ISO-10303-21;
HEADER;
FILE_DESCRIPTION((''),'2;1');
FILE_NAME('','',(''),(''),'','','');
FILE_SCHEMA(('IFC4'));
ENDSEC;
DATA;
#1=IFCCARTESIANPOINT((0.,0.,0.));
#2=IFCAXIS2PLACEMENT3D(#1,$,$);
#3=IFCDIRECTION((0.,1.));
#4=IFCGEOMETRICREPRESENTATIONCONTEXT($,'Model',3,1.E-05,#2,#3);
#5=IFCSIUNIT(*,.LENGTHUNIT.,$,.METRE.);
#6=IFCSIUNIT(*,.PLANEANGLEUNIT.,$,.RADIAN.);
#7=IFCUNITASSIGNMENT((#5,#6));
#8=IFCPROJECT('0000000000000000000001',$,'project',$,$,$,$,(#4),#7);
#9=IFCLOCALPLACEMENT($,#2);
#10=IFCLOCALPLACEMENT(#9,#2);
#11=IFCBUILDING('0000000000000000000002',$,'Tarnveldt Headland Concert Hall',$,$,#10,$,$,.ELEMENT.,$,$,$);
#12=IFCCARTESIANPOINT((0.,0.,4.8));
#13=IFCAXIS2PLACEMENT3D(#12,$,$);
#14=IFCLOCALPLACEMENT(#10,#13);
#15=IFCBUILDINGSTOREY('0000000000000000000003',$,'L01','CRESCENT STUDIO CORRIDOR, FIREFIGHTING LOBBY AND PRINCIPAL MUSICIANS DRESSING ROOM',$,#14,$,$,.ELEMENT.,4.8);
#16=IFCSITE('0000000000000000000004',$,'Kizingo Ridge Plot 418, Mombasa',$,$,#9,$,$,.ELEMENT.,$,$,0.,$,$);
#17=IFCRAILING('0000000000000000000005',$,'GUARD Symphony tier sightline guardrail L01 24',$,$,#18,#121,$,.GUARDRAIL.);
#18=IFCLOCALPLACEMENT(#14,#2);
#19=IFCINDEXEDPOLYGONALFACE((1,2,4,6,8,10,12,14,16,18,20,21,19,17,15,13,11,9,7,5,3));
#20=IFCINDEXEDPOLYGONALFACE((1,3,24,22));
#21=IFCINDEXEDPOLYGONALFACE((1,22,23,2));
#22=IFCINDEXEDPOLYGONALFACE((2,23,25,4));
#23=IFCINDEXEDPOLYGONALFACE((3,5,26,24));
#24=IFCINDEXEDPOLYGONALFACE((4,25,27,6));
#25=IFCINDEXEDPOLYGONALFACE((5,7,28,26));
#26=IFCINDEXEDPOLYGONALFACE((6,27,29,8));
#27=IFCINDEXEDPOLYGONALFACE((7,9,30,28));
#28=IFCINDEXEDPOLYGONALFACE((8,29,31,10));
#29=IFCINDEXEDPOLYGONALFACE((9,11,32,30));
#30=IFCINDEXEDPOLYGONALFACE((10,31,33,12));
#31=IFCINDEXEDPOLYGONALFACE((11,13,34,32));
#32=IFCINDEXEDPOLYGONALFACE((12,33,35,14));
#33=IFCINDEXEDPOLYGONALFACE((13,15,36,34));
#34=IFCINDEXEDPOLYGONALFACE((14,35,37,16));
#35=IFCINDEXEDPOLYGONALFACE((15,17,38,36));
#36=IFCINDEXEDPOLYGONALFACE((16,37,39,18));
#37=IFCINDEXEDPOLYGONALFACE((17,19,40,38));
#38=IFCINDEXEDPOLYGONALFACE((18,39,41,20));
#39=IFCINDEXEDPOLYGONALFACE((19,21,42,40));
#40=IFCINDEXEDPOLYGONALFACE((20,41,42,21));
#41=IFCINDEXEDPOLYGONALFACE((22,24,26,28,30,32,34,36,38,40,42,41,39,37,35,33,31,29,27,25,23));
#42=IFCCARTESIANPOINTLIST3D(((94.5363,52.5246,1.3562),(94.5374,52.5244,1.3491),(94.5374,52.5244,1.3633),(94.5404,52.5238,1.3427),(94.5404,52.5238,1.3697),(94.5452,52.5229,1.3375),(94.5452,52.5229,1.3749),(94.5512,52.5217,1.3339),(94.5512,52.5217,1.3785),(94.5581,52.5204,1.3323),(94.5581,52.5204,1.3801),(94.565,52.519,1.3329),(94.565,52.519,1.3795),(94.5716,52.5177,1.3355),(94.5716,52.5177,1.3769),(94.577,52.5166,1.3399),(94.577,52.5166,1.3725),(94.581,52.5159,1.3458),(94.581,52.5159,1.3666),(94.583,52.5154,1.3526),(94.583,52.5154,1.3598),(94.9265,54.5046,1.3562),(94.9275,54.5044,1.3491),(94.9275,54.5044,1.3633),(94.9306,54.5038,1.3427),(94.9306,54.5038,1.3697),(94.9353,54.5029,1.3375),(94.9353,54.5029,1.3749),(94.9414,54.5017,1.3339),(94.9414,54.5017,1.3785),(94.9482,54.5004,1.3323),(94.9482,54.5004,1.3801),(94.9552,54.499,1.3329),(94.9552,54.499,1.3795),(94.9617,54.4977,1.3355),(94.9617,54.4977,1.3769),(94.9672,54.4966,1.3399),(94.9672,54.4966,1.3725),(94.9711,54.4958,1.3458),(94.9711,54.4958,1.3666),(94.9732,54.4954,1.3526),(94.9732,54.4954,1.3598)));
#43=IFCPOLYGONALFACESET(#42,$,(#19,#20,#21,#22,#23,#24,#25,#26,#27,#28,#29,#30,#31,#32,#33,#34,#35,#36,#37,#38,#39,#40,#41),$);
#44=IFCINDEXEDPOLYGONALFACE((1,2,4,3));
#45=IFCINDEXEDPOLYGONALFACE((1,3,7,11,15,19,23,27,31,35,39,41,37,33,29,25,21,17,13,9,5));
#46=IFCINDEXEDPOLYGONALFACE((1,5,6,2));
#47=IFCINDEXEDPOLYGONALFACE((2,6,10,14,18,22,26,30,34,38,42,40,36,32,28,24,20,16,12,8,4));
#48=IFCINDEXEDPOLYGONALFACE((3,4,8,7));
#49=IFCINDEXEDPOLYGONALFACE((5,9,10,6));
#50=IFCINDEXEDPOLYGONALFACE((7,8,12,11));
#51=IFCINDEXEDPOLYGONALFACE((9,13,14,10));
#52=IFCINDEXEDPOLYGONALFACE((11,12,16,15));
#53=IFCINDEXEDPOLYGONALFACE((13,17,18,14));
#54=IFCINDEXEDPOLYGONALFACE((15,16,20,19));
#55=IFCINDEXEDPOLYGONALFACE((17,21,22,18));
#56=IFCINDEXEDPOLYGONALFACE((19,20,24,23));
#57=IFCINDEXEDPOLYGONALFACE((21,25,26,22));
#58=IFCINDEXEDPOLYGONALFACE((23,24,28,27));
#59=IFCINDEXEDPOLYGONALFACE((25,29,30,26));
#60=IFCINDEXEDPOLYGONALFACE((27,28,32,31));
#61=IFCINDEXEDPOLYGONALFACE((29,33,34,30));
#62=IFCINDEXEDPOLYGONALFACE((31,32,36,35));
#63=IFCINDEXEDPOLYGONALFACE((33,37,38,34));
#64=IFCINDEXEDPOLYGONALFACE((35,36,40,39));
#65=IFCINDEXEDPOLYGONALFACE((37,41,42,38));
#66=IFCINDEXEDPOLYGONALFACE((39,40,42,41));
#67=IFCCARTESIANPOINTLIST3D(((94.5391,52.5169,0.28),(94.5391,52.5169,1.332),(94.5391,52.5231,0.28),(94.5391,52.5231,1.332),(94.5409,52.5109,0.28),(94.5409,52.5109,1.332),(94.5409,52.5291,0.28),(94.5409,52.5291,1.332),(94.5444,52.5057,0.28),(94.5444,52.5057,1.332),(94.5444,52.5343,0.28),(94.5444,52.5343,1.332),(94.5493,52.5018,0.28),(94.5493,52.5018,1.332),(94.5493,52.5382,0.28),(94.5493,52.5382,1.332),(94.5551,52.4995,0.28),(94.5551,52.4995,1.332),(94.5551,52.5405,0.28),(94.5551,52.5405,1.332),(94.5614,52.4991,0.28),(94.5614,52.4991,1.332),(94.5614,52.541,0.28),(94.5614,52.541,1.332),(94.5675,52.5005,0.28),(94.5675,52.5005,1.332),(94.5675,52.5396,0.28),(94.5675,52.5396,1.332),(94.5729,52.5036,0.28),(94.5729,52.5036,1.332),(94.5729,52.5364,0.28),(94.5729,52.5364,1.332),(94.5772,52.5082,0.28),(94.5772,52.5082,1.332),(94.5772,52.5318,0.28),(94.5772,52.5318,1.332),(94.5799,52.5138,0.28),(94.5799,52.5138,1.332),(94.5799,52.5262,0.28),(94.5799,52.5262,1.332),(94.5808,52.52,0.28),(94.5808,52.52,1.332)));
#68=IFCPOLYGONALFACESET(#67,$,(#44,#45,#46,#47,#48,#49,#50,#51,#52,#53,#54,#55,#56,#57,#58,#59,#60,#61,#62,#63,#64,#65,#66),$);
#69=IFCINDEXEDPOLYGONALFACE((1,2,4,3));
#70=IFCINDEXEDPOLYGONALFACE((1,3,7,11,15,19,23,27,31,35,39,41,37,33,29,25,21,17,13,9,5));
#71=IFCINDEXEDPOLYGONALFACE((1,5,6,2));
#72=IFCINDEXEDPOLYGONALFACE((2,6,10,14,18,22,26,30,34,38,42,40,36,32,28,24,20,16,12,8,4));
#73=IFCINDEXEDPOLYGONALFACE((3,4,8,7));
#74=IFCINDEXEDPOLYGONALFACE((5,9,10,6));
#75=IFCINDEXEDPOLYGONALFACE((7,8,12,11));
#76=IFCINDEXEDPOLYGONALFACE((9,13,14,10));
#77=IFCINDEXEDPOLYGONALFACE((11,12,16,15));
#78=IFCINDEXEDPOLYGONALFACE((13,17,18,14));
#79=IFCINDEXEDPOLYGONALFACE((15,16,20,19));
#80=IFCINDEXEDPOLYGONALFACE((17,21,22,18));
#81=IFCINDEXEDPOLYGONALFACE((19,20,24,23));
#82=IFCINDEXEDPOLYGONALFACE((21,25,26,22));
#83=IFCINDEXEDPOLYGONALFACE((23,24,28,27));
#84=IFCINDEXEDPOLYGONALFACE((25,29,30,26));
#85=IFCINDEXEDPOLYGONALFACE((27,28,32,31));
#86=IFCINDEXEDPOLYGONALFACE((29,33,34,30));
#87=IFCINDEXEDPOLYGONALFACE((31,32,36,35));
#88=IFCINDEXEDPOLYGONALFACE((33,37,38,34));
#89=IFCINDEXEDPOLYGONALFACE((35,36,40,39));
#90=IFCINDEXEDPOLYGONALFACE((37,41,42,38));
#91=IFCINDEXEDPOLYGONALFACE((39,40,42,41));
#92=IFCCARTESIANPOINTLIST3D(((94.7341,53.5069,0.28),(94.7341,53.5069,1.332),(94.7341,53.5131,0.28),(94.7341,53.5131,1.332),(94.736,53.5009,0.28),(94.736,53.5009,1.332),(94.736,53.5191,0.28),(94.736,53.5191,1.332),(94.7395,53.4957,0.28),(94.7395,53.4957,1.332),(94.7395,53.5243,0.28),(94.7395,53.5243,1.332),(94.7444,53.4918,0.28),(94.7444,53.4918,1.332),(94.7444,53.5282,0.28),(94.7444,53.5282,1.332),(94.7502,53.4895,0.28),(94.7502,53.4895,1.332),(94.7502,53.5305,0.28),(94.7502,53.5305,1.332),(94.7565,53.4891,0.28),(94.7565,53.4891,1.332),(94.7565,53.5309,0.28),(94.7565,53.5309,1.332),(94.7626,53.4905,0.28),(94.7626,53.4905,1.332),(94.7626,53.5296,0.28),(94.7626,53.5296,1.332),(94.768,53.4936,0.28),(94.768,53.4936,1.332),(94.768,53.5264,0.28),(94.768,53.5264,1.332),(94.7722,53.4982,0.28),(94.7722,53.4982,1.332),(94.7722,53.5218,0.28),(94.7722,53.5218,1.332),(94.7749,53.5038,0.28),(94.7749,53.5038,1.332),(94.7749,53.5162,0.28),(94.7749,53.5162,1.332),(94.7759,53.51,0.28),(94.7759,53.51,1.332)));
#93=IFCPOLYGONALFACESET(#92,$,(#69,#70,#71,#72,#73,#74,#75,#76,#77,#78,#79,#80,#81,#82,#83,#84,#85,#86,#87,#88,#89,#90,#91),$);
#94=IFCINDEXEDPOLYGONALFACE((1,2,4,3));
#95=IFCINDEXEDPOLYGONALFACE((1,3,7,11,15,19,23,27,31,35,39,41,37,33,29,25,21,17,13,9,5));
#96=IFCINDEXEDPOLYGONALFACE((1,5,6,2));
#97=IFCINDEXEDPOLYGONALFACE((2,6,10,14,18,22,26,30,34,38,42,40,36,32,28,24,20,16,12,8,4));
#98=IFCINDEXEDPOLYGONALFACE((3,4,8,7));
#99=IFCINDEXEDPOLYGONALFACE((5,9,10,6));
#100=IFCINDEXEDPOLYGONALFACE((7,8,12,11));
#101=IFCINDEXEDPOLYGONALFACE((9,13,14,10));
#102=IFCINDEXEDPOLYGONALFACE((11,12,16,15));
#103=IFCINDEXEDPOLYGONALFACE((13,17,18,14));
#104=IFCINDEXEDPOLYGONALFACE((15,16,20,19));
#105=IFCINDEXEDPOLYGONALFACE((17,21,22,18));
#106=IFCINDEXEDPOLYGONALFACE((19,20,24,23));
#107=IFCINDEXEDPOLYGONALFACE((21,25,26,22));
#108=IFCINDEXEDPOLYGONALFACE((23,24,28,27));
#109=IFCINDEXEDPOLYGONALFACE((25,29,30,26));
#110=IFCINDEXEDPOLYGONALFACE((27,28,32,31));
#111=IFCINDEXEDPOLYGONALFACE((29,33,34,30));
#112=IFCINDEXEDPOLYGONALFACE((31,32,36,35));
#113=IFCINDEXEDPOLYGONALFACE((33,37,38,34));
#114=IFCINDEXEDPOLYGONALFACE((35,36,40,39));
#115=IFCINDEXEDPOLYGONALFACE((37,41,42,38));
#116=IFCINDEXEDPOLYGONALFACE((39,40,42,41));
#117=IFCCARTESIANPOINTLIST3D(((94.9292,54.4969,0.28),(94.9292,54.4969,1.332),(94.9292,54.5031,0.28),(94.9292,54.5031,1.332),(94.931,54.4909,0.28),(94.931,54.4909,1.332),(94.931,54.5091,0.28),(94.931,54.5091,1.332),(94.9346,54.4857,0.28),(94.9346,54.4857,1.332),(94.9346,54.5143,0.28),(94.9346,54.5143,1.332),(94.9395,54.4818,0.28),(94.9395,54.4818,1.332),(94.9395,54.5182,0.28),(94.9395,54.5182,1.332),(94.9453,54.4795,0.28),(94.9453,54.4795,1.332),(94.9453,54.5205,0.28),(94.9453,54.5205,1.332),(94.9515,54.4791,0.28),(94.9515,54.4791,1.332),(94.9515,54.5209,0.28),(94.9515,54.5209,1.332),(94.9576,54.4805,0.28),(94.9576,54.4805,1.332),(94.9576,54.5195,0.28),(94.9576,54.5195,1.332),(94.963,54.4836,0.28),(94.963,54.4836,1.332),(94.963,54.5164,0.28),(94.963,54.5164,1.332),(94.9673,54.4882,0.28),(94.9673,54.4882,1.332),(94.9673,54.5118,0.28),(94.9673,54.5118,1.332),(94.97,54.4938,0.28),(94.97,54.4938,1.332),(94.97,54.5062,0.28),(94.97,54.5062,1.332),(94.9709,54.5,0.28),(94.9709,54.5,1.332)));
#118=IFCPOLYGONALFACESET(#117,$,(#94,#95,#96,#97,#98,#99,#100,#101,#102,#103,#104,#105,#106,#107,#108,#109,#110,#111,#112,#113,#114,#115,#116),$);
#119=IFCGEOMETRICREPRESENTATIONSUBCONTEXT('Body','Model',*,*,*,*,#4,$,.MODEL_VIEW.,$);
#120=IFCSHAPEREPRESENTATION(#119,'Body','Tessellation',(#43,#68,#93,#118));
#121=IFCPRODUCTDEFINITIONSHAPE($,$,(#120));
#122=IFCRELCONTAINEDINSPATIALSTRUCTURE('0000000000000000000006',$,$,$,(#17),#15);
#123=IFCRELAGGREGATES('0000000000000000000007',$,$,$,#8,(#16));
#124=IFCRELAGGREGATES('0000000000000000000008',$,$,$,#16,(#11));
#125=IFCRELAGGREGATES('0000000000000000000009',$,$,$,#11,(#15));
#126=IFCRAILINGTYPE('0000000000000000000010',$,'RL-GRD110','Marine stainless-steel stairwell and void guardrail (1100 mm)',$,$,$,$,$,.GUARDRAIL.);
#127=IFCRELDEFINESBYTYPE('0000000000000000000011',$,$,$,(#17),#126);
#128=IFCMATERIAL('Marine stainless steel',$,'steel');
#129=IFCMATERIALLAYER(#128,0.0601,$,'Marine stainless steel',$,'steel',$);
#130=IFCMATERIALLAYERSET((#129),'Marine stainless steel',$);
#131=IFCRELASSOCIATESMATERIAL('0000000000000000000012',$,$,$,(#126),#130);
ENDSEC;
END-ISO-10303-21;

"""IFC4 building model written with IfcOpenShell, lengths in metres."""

from ifc_helpers import new_model, si_unit, direction, frame, origin, origin_2d, place, context, subcontext, project, spatial, circle, extrude, material, layer, layer_set, type_object, element, save


model = new_model("IFC4")

# Units and contexts
model_context = context("Model", 3, precision=1e-05, world=origin(), true_north=direction((0.0, 1.0)))
body_context = subcontext(model_context, "Body", "Model", "MODEL_VIEW")
ifc_project = project(units=[si_unit("LENGTHUNIT", "METRE"), si_unit("PLANEANGLEUNIT", "RADIAN")], contexts=[model_context])

# Site, building, storey
site_placement = place(None, origin())
site = spatial("IfcSite", under=ifc_project, at=site_placement, Name="Kizingo Ridge Plot 418, Mombasa", CompositionType="ELEMENT", RefElevation=0.0)
building_placement = place(site_placement, origin())
building = spatial("IfcBuilding", under=site, at=building_placement, Name="Tarnveldt Headland Concert Hall", CompositionType="ELEMENT")
storey_placement = place(building_placement, frame((0.0, 0.0, 4.8)))
storey = spatial("IfcBuildingStorey", under=building, at=storey_placement, Name="L01", Description="CRESCENT STUDIO CORRIDOR, FIREFIGHTING LOBBY AND PRINCIPAL MUSICIANS DRESSING ROOM", CompositionType="ELEMENT", Elevation=4.8)

# Railing
ifc_material_1 = material(Name="Marine stainless steel", Category="steel")
ifc_layer_1 = layer(ifc_material_1, 0.0601, Name="Marine stainless steel", Category="steel")
ifc_layer_set_1 = layer_set([ifc_layer_1], Name="Marine stainless steel")
railing_type_1 = type_object("IfcRailingType", Name="RL-GRD110", Description="Marine stainless-steel stairwell and void guardrail (1100 mm)", PredefinedType="GUARDRAIL", material=ifc_layer_set_1)
railing_1_placement = place(storey_placement, frame((94.5598, 52.52, 0.28)))
element("IfcRailing", 1, at=railing_1_placement, inside=storey, type_object=railing_type_1, Name="GUARD Symphony tier sightline guardrail L01 24", PredefinedType="GUARDRAIL", context=body_context, shape_type="SweptSolid", body=[
    extrude(circle(Radius=0.0239, at=origin_2d()), frame((0.0, 0.0, 1.0762), z_axis=(0.193324, 0.981135, 0.0), x_axis=(-0.981135, 0.193324, 0.0)), (0.0, 0.0, 1.0), 2.0181),
    extrude(circle(Radius=0.021, at=origin_2d()), origin(), (0.0, 0.0, 1.0), 1.052),
    extrude(circle(Radius=0.021, at=origin_2d()), frame((0.1951, 0.99, 0.0)), (0.0, 0.0, 1.0), 1.052),
    extrude(circle(Radius=0.021, at=origin_2d()), frame((0.3901, 1.98, 0.0)), (0.0, 0.0, 1.0), 1.052),
])

save(model, "model.ifc")
